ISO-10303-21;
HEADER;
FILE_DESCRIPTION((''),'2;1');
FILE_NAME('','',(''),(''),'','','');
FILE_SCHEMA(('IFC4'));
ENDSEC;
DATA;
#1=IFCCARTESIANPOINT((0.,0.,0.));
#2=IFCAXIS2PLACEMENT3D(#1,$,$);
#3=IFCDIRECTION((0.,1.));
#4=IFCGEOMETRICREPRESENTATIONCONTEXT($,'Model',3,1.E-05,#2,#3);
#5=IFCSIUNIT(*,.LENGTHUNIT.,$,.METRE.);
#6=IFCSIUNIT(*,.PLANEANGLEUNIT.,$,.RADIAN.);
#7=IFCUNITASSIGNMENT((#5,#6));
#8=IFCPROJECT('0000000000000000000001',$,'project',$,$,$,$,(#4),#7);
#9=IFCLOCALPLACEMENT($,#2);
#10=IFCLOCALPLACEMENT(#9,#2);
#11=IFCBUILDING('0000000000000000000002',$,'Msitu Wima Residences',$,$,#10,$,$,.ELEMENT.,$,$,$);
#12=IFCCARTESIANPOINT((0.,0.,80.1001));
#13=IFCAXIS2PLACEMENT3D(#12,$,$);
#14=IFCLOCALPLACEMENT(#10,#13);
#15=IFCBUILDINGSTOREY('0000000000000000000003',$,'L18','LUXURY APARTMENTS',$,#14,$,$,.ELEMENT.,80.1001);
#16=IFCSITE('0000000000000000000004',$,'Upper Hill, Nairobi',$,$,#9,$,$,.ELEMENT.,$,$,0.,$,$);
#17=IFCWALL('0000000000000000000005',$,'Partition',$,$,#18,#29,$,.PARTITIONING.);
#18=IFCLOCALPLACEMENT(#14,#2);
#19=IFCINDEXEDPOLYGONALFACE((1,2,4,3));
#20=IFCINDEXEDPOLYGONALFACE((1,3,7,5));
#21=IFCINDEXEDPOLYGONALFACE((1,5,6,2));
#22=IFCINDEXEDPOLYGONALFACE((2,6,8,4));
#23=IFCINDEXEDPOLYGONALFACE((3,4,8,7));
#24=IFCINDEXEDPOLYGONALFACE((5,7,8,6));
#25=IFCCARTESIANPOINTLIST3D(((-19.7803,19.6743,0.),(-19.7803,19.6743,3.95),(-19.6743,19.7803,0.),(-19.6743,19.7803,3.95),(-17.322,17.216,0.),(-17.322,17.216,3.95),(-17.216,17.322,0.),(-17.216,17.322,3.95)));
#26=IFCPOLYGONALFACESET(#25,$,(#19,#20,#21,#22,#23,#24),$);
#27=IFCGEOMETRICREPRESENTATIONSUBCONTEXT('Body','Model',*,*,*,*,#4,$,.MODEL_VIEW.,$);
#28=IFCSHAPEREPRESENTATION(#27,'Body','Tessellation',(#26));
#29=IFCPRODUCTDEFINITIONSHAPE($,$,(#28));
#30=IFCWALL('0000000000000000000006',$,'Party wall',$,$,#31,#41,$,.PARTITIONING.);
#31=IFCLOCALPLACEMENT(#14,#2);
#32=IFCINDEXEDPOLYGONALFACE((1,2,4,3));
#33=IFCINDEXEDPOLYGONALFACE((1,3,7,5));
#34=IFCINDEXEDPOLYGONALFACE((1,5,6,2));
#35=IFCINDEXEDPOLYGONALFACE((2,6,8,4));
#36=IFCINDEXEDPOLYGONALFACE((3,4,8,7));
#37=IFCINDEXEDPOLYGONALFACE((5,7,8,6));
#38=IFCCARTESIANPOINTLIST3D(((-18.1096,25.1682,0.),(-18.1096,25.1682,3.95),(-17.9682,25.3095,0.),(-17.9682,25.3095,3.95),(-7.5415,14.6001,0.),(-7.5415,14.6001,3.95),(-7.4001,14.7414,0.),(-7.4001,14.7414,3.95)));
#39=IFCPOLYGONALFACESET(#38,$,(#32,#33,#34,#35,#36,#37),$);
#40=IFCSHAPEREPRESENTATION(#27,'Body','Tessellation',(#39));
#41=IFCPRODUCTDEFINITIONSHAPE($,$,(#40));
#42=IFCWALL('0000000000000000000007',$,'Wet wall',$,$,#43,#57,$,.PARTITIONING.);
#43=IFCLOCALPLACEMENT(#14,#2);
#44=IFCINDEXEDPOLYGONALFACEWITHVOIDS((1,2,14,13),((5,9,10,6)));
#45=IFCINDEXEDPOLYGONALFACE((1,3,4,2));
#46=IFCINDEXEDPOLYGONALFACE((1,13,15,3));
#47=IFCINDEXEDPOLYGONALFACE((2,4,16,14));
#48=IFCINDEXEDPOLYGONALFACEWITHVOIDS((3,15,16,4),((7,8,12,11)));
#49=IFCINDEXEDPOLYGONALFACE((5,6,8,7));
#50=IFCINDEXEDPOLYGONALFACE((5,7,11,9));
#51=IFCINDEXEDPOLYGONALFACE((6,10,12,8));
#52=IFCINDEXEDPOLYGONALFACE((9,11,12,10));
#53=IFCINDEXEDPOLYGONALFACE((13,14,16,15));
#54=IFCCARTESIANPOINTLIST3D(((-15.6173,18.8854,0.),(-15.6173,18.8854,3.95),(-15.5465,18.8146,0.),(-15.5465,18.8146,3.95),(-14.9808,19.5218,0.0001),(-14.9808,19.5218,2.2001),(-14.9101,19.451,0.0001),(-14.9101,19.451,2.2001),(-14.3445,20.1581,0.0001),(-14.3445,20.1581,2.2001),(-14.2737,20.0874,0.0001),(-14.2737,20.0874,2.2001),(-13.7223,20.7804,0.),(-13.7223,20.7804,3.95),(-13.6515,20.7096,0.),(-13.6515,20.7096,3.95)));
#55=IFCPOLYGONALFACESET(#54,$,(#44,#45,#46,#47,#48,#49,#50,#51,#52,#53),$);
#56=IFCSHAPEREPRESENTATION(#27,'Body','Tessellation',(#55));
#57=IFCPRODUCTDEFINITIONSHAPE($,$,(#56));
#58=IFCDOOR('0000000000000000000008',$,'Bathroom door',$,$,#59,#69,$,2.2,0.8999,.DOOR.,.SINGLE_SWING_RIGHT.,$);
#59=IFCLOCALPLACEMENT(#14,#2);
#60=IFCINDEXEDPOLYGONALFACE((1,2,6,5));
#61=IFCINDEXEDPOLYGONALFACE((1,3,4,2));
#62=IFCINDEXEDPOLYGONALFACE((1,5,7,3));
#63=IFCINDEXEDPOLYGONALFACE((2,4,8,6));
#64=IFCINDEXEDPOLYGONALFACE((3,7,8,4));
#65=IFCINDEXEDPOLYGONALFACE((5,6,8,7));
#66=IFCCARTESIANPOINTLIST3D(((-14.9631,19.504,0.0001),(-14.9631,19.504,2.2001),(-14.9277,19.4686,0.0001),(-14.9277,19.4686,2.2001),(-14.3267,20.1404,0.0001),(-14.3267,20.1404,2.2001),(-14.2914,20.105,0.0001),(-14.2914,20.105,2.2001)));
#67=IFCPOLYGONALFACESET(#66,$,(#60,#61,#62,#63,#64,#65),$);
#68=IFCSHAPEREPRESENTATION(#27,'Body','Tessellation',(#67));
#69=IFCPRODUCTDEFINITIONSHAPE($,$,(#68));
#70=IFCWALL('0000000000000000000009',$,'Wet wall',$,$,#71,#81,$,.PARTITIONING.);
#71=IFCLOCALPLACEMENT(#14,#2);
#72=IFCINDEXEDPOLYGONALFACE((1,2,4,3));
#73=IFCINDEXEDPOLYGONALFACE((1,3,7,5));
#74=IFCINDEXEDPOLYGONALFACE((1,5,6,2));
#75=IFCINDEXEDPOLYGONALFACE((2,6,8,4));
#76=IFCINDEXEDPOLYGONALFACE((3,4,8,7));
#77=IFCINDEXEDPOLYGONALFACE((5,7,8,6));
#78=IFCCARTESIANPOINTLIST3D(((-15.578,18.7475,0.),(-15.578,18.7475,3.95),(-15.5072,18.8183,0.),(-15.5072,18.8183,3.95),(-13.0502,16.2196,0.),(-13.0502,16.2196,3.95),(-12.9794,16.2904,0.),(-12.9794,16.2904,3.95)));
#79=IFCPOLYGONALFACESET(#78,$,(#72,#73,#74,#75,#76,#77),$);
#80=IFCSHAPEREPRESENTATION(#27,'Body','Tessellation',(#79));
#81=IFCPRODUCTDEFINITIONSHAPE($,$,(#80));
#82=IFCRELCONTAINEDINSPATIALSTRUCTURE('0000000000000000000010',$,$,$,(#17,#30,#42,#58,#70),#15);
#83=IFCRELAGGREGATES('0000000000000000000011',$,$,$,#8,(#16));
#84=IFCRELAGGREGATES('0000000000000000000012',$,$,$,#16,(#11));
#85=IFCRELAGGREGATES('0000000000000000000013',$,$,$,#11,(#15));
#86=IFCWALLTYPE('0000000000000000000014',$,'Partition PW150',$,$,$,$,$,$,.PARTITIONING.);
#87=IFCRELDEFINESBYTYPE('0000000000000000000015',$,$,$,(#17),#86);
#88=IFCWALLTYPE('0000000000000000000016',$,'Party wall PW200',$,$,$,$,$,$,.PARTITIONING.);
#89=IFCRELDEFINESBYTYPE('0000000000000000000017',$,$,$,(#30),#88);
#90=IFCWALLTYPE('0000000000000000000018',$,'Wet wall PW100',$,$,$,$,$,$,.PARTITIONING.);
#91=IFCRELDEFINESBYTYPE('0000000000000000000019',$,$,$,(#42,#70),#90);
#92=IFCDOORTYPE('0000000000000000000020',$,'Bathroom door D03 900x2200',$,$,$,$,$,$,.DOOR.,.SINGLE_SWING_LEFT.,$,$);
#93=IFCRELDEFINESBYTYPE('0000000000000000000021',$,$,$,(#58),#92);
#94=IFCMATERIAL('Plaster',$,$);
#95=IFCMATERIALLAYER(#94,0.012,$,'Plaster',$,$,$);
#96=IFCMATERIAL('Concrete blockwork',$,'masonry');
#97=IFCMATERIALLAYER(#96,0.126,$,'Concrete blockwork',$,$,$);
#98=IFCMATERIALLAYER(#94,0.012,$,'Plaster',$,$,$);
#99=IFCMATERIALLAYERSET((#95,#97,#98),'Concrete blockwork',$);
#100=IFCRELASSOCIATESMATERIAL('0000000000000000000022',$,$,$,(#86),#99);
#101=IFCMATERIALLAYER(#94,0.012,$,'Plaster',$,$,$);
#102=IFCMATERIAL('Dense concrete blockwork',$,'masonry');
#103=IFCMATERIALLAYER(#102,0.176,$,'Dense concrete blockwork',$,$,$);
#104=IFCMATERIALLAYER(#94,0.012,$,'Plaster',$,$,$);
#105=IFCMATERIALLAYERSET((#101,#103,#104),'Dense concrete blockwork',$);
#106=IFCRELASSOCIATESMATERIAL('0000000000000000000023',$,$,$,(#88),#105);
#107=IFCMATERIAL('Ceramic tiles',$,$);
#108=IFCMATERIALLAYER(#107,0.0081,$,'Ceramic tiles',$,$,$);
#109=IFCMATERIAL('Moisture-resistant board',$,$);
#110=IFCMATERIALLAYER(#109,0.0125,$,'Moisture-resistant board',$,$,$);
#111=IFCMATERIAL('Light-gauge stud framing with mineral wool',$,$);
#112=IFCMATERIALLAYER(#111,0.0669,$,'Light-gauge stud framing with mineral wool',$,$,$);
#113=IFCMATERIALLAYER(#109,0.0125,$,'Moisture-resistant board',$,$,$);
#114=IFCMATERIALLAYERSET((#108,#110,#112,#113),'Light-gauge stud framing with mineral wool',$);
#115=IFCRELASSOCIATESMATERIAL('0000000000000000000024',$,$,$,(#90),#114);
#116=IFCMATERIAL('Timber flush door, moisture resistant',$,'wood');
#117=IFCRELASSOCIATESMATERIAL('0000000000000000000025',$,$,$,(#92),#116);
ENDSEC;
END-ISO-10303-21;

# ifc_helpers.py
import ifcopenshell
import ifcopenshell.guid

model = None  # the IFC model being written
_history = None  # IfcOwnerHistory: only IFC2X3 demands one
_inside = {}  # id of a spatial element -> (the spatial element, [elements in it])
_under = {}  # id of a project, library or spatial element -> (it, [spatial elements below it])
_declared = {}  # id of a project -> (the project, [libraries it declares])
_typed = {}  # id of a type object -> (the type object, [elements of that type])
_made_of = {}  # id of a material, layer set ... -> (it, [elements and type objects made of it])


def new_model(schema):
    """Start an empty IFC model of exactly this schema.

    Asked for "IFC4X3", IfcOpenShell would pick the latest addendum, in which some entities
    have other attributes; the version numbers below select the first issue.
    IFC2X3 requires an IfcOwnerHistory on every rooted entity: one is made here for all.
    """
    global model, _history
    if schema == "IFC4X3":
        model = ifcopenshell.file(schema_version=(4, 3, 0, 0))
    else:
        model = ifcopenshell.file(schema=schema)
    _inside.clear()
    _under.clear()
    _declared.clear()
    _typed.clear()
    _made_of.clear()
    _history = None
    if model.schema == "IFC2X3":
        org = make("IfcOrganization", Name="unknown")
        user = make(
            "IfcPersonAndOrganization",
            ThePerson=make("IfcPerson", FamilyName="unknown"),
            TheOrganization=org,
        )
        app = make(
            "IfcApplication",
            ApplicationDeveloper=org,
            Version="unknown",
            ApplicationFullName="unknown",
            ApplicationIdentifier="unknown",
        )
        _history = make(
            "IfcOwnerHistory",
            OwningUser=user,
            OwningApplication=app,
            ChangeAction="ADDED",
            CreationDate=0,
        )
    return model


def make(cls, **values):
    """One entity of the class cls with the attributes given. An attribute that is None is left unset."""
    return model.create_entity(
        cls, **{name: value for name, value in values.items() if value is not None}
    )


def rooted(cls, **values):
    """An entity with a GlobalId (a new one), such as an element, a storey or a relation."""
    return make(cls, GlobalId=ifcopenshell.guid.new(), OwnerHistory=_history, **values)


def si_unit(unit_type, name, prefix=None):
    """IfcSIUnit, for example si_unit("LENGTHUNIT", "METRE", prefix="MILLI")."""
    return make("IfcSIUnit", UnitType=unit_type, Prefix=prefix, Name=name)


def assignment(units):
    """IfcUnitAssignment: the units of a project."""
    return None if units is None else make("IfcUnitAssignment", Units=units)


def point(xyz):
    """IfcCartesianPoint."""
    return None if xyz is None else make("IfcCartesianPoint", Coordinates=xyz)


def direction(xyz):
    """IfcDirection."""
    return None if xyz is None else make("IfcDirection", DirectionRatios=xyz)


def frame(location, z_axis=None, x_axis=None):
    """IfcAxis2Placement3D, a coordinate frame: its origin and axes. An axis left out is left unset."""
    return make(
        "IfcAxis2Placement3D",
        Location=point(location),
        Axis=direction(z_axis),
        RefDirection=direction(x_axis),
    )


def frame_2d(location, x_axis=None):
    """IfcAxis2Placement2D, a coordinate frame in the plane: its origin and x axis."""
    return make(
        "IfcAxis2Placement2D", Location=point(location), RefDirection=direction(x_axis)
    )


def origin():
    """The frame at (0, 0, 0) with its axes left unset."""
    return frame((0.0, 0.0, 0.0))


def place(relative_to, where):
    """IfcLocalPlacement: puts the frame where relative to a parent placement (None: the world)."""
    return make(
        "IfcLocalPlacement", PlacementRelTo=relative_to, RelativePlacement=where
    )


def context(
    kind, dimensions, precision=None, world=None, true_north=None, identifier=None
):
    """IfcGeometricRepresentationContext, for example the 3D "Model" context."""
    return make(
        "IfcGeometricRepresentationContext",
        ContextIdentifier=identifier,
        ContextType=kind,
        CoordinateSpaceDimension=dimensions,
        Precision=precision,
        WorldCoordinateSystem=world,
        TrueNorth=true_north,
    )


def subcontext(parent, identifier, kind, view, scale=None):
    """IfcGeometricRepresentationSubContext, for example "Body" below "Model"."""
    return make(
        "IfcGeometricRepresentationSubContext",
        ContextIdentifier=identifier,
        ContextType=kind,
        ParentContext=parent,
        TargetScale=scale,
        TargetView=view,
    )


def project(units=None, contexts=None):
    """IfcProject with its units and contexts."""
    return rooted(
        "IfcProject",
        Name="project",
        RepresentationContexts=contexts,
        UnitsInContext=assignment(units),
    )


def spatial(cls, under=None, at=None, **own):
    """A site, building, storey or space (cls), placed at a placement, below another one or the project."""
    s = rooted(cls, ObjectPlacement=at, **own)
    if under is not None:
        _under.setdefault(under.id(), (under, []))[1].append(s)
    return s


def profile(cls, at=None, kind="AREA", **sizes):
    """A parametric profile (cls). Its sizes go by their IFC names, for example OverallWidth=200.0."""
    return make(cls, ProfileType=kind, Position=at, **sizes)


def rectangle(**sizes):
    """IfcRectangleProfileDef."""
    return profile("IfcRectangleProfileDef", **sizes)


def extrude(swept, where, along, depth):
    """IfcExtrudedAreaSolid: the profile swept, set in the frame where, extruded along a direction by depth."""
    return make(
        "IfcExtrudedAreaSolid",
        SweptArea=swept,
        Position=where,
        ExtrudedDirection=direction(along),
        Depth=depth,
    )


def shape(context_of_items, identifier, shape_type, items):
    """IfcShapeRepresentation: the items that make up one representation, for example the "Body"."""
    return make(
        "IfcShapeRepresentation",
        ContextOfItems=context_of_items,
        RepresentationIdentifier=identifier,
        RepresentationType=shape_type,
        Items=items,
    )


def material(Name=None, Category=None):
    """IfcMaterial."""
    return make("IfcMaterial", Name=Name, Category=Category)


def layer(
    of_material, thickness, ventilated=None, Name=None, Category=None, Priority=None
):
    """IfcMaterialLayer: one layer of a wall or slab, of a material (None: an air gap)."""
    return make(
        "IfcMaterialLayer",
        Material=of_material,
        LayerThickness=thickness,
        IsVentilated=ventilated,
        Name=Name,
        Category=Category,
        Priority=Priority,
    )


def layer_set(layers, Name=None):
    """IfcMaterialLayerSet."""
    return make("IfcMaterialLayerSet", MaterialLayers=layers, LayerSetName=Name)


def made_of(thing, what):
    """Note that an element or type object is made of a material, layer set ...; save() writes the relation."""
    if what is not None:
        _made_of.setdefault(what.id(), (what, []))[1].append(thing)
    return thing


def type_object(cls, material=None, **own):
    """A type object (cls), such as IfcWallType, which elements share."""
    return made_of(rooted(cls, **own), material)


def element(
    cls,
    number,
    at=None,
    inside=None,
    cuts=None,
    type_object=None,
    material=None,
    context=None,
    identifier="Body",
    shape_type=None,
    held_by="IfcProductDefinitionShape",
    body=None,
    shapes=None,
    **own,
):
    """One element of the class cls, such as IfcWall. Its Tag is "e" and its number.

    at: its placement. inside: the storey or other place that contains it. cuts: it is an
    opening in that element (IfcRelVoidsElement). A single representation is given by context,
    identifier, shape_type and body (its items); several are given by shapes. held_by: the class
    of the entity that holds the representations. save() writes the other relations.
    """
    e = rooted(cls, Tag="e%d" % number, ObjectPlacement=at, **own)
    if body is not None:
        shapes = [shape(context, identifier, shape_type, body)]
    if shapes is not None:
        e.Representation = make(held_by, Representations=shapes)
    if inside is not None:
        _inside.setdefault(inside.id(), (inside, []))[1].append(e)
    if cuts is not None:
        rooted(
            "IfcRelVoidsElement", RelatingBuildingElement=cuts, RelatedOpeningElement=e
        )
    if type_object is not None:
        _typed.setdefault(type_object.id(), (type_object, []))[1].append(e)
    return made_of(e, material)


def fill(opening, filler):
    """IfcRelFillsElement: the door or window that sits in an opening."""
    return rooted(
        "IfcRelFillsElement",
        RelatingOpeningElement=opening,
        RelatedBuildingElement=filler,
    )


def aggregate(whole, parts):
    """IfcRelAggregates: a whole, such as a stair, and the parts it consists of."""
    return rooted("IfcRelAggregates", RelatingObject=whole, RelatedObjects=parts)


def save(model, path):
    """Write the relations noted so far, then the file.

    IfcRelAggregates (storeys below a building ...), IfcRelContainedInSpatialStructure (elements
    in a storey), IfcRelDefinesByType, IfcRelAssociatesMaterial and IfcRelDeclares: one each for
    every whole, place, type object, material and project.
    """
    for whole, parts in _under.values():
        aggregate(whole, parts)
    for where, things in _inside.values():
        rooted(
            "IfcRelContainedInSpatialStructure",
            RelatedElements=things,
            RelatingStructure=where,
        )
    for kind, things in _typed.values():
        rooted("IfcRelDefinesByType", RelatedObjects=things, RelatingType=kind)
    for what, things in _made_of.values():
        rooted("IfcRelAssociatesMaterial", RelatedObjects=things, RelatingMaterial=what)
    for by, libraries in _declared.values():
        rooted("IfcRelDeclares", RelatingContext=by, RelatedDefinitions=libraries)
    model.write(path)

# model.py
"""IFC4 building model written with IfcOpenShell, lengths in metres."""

from ifc_helpers import new_model, si_unit, direction, frame, frame_2d, origin, place, context, subcontext, project, spatial, rectangle, extrude, material, layer, layer_set, type_object, element, fill, save


model = new_model("IFC4")

# Units and contexts
model_context = context("Model", 3, precision=1e-05, world=origin(), true_north=direction((0.0, 1.0)))
body_context = subcontext(model_context, "Body", "Model", "MODEL_VIEW")
ifc_project = project(units=[si_unit("LENGTHUNIT", "METRE"), si_unit("PLANEANGLEUNIT", "RADIAN")], contexts=[model_context])

# Site, building, storey
site_placement = place(None, origin())
site = spatial("IfcSite", under=ifc_project, at=site_placement, Name="Upper Hill, Nairobi", CompositionType="ELEMENT", RefElevation=0.0)
building_placement = place(site_placement, origin())
building = spatial("IfcBuilding", under=site, at=building_placement, Name="Msitu Wima Residences", CompositionType="ELEMENT")
storey_placement = place(building_placement, frame((0.0, 0.0, 80.1001)))
storey = spatial("IfcBuildingStorey", under=building, at=storey_placement, Name="L18", Description="LUXURY APARTMENTS", CompositionType="ELEMENT", Elevation=80.1001)

# Shared definitions
ifc_material_1 = material(Name="Plaster")
ifc_material_2 = material(Name="Concrete blockwork", Category="masonry")

# Walls
ifc_layer_1 = layer(ifc_material_1, 0.012, Name="Plaster")
ifc_layer_2 = layer(ifc_material_2, 0.126, Name="Concrete blockwork")
ifc_layer_3 = layer(ifc_material_1, 0.012, Name="Plaster")
ifc_layer_set_1 = layer_set([ifc_layer_1, ifc_layer_2, ifc_layer_3], Name="Concrete blockwork")
wall_type_1 = type_object("IfcWallType", Name="Partition PW150", PredefinedType="PARTITIONING", material=ifc_layer_set_1)
wall_1_placement = place(storey_placement, frame((-19.7273, 19.7273, 0.0), z_axis=(0.0, 0.0, 1.0), x_axis=(0.707107, -0.707107, 0.0)))
element("IfcWall", 1, at=wall_1_placement, inside=storey, type_object=wall_type_1, Name="Partition", PredefinedType="PARTITIONING", context=body_context, shape_type="SweptSolid", body=[
    extrude(rectangle(XDim=3.4766, YDim=0.1499, at=frame_2d((1.7383, 0.0))), origin(), (0.0, 0.0, 1.0), 3.95),
])
ifc_layer_4 = layer(ifc_material_1, 0.012, Name="Plaster")
ifc_material_3 = material(Name="Dense concrete blockwork", Category="masonry")
ifc_layer_5 = layer(ifc_material_3, 0.176, Name="Dense concrete blockwork")
ifc_layer_6 = layer(ifc_material_1, 0.012, Name="Plaster")
ifc_layer_set_2 = layer_set([ifc_layer_4, ifc_layer_5, ifc_layer_6], Name="Dense concrete blockwork")
wall_type_2 = type_object("IfcWallType", Name="Party wall PW200", PredefinedType="PARTITIONING", material=ifc_layer_set_2)
wall_2_placement = place(storey_placement, frame((-18.0388, 25.2388, 0.0), z_axis=(0.0, 0.0, 1.0), x_axis=(0.707107, -0.707107, 0.0)))
element("IfcWall", 2, at=wall_2_placement, inside=storey, type_object=wall_type_2, Name="Party wall", PredefinedType="PARTITIONING", context=body_context, shape_type="SweptSolid", body=[
    extrude(rectangle(XDim=14.9456, YDim=0.2, at=frame_2d((7.4727, 0.0))), origin(), (0.0, 0.0, 1.0), 3.95),
])

# Wall, opening, door
ifc_material_4 = material(Name="Ceramic tiles")
ifc_layer_7 = layer(ifc_material_4, 0.0081, Name="Ceramic tiles")
ifc_material_5 = material(Name="Moisture-resistant board")
ifc_layer_8 = layer(ifc_material_5, 0.0125, Name="Moisture-resistant board")
ifc_material_6 = material(Name="Light-gauge stud framing with mineral wool")
ifc_layer_9 = layer(ifc_material_6, 0.0669, Name="Light-gauge stud framing with mineral wool")
ifc_layer_10 = layer(ifc_material_5, 0.0125, Name="Moisture-resistant board")
ifc_layer_set_3 = layer_set([ifc_layer_7, ifc_layer_8, ifc_layer_9, ifc_layer_10], Name="Light-gauge stud framing with mineral wool")
wall_type_3 = type_object("IfcWallType", Name="Wet wall PW100", PredefinedType="PARTITIONING", material=ifc_layer_set_3)
wall_3_placement = place(storey_placement, frame((-15.5818, 18.8501, 0.0), z_axis=(0.0, 0.0, 1.0), x_axis=(0.707107, 0.707107, 0.0)))
wall_3 = element("IfcWall", 3, at=wall_3_placement, inside=storey, type_object=wall_type_3, Name="Wet wall", PredefinedType="PARTITIONING", context=body_context, shape_type="SweptSolid", body=[
    extrude(rectangle(XDim=2.6799, YDim=0.1001, at=frame_2d((1.3398, 0.0))), origin(), (0.0, 0.0, 1.0), 3.95),
])
opening_1_placement = place(wall_3_placement, frame((0.8999, 0.0, 0.0)))
opening_1 = element("IfcOpeningElement", 4, at=opening_1_placement, cuts=wall_3, PredefinedType="OPENING", context=body_context, shape_type="SweptSolid", body=[
    extrude(rectangle(XDim=0.8999, YDim=2.2, at=frame_2d((0.45, 1.1001))), frame((0.0, 0.0601, 0.0), z_axis=(0.0, -1.0, 0.0), x_axis=(1.0, 0.0, 0.0)), (0.0, 0.0, 1.0), 0.1201),
])
ifc_material_7 = material(Name="Timber flush door, moisture resistant", Category="wood")
door_type_1 = type_object("IfcDoorType", Name="Bathroom door D03 900x2200", OperationType="SINGLE_SWING_LEFT", PredefinedType="DOOR", material=ifc_material_7)
door_1_placement = place(opening_1_placement, origin())
door_1 = element("IfcDoor", 5, at=door_1_placement, inside=storey, type_object=door_type_1, Name="Bathroom door", OperationType="SINGLE_SWING_RIGHT", OverallHeight=2.2, OverallWidth=0.8999, PredefinedType="DOOR", context=body_context, shape_type="SweptSolid", body=[
    extrude(rectangle(XDim=0.8999, YDim=2.2, at=frame_2d((0.45, 1.1001))), frame((0.0, 0.0249, 0.0), z_axis=(0.0, -1.0, 0.0), x_axis=(1.0, 0.0, 0.0)), (0.0, 0.0, 1.0), 0.05),
])
fill(opening_1, door_1)

# Wall
wall_4_placement = place(storey_placement, frame((-15.5427, 18.783, 0.0), z_axis=(0.0, 0.0, 1.0), x_axis=(0.707107, -0.707107, 0.0)))
element("IfcWall", 6, at=wall_4_placement, inside=storey, type_object=wall_type_3, Name="Wet wall", PredefinedType="PARTITIONING", context=body_context, shape_type="SweptSolid", body=[
    extrude(rectangle(XDim=3.575, YDim=0.1001, at=frame_2d((1.7876, 0.0))), origin(), (0.0, 0.0, 1.0), 3.95),
])

save(model, "model.ifc")
